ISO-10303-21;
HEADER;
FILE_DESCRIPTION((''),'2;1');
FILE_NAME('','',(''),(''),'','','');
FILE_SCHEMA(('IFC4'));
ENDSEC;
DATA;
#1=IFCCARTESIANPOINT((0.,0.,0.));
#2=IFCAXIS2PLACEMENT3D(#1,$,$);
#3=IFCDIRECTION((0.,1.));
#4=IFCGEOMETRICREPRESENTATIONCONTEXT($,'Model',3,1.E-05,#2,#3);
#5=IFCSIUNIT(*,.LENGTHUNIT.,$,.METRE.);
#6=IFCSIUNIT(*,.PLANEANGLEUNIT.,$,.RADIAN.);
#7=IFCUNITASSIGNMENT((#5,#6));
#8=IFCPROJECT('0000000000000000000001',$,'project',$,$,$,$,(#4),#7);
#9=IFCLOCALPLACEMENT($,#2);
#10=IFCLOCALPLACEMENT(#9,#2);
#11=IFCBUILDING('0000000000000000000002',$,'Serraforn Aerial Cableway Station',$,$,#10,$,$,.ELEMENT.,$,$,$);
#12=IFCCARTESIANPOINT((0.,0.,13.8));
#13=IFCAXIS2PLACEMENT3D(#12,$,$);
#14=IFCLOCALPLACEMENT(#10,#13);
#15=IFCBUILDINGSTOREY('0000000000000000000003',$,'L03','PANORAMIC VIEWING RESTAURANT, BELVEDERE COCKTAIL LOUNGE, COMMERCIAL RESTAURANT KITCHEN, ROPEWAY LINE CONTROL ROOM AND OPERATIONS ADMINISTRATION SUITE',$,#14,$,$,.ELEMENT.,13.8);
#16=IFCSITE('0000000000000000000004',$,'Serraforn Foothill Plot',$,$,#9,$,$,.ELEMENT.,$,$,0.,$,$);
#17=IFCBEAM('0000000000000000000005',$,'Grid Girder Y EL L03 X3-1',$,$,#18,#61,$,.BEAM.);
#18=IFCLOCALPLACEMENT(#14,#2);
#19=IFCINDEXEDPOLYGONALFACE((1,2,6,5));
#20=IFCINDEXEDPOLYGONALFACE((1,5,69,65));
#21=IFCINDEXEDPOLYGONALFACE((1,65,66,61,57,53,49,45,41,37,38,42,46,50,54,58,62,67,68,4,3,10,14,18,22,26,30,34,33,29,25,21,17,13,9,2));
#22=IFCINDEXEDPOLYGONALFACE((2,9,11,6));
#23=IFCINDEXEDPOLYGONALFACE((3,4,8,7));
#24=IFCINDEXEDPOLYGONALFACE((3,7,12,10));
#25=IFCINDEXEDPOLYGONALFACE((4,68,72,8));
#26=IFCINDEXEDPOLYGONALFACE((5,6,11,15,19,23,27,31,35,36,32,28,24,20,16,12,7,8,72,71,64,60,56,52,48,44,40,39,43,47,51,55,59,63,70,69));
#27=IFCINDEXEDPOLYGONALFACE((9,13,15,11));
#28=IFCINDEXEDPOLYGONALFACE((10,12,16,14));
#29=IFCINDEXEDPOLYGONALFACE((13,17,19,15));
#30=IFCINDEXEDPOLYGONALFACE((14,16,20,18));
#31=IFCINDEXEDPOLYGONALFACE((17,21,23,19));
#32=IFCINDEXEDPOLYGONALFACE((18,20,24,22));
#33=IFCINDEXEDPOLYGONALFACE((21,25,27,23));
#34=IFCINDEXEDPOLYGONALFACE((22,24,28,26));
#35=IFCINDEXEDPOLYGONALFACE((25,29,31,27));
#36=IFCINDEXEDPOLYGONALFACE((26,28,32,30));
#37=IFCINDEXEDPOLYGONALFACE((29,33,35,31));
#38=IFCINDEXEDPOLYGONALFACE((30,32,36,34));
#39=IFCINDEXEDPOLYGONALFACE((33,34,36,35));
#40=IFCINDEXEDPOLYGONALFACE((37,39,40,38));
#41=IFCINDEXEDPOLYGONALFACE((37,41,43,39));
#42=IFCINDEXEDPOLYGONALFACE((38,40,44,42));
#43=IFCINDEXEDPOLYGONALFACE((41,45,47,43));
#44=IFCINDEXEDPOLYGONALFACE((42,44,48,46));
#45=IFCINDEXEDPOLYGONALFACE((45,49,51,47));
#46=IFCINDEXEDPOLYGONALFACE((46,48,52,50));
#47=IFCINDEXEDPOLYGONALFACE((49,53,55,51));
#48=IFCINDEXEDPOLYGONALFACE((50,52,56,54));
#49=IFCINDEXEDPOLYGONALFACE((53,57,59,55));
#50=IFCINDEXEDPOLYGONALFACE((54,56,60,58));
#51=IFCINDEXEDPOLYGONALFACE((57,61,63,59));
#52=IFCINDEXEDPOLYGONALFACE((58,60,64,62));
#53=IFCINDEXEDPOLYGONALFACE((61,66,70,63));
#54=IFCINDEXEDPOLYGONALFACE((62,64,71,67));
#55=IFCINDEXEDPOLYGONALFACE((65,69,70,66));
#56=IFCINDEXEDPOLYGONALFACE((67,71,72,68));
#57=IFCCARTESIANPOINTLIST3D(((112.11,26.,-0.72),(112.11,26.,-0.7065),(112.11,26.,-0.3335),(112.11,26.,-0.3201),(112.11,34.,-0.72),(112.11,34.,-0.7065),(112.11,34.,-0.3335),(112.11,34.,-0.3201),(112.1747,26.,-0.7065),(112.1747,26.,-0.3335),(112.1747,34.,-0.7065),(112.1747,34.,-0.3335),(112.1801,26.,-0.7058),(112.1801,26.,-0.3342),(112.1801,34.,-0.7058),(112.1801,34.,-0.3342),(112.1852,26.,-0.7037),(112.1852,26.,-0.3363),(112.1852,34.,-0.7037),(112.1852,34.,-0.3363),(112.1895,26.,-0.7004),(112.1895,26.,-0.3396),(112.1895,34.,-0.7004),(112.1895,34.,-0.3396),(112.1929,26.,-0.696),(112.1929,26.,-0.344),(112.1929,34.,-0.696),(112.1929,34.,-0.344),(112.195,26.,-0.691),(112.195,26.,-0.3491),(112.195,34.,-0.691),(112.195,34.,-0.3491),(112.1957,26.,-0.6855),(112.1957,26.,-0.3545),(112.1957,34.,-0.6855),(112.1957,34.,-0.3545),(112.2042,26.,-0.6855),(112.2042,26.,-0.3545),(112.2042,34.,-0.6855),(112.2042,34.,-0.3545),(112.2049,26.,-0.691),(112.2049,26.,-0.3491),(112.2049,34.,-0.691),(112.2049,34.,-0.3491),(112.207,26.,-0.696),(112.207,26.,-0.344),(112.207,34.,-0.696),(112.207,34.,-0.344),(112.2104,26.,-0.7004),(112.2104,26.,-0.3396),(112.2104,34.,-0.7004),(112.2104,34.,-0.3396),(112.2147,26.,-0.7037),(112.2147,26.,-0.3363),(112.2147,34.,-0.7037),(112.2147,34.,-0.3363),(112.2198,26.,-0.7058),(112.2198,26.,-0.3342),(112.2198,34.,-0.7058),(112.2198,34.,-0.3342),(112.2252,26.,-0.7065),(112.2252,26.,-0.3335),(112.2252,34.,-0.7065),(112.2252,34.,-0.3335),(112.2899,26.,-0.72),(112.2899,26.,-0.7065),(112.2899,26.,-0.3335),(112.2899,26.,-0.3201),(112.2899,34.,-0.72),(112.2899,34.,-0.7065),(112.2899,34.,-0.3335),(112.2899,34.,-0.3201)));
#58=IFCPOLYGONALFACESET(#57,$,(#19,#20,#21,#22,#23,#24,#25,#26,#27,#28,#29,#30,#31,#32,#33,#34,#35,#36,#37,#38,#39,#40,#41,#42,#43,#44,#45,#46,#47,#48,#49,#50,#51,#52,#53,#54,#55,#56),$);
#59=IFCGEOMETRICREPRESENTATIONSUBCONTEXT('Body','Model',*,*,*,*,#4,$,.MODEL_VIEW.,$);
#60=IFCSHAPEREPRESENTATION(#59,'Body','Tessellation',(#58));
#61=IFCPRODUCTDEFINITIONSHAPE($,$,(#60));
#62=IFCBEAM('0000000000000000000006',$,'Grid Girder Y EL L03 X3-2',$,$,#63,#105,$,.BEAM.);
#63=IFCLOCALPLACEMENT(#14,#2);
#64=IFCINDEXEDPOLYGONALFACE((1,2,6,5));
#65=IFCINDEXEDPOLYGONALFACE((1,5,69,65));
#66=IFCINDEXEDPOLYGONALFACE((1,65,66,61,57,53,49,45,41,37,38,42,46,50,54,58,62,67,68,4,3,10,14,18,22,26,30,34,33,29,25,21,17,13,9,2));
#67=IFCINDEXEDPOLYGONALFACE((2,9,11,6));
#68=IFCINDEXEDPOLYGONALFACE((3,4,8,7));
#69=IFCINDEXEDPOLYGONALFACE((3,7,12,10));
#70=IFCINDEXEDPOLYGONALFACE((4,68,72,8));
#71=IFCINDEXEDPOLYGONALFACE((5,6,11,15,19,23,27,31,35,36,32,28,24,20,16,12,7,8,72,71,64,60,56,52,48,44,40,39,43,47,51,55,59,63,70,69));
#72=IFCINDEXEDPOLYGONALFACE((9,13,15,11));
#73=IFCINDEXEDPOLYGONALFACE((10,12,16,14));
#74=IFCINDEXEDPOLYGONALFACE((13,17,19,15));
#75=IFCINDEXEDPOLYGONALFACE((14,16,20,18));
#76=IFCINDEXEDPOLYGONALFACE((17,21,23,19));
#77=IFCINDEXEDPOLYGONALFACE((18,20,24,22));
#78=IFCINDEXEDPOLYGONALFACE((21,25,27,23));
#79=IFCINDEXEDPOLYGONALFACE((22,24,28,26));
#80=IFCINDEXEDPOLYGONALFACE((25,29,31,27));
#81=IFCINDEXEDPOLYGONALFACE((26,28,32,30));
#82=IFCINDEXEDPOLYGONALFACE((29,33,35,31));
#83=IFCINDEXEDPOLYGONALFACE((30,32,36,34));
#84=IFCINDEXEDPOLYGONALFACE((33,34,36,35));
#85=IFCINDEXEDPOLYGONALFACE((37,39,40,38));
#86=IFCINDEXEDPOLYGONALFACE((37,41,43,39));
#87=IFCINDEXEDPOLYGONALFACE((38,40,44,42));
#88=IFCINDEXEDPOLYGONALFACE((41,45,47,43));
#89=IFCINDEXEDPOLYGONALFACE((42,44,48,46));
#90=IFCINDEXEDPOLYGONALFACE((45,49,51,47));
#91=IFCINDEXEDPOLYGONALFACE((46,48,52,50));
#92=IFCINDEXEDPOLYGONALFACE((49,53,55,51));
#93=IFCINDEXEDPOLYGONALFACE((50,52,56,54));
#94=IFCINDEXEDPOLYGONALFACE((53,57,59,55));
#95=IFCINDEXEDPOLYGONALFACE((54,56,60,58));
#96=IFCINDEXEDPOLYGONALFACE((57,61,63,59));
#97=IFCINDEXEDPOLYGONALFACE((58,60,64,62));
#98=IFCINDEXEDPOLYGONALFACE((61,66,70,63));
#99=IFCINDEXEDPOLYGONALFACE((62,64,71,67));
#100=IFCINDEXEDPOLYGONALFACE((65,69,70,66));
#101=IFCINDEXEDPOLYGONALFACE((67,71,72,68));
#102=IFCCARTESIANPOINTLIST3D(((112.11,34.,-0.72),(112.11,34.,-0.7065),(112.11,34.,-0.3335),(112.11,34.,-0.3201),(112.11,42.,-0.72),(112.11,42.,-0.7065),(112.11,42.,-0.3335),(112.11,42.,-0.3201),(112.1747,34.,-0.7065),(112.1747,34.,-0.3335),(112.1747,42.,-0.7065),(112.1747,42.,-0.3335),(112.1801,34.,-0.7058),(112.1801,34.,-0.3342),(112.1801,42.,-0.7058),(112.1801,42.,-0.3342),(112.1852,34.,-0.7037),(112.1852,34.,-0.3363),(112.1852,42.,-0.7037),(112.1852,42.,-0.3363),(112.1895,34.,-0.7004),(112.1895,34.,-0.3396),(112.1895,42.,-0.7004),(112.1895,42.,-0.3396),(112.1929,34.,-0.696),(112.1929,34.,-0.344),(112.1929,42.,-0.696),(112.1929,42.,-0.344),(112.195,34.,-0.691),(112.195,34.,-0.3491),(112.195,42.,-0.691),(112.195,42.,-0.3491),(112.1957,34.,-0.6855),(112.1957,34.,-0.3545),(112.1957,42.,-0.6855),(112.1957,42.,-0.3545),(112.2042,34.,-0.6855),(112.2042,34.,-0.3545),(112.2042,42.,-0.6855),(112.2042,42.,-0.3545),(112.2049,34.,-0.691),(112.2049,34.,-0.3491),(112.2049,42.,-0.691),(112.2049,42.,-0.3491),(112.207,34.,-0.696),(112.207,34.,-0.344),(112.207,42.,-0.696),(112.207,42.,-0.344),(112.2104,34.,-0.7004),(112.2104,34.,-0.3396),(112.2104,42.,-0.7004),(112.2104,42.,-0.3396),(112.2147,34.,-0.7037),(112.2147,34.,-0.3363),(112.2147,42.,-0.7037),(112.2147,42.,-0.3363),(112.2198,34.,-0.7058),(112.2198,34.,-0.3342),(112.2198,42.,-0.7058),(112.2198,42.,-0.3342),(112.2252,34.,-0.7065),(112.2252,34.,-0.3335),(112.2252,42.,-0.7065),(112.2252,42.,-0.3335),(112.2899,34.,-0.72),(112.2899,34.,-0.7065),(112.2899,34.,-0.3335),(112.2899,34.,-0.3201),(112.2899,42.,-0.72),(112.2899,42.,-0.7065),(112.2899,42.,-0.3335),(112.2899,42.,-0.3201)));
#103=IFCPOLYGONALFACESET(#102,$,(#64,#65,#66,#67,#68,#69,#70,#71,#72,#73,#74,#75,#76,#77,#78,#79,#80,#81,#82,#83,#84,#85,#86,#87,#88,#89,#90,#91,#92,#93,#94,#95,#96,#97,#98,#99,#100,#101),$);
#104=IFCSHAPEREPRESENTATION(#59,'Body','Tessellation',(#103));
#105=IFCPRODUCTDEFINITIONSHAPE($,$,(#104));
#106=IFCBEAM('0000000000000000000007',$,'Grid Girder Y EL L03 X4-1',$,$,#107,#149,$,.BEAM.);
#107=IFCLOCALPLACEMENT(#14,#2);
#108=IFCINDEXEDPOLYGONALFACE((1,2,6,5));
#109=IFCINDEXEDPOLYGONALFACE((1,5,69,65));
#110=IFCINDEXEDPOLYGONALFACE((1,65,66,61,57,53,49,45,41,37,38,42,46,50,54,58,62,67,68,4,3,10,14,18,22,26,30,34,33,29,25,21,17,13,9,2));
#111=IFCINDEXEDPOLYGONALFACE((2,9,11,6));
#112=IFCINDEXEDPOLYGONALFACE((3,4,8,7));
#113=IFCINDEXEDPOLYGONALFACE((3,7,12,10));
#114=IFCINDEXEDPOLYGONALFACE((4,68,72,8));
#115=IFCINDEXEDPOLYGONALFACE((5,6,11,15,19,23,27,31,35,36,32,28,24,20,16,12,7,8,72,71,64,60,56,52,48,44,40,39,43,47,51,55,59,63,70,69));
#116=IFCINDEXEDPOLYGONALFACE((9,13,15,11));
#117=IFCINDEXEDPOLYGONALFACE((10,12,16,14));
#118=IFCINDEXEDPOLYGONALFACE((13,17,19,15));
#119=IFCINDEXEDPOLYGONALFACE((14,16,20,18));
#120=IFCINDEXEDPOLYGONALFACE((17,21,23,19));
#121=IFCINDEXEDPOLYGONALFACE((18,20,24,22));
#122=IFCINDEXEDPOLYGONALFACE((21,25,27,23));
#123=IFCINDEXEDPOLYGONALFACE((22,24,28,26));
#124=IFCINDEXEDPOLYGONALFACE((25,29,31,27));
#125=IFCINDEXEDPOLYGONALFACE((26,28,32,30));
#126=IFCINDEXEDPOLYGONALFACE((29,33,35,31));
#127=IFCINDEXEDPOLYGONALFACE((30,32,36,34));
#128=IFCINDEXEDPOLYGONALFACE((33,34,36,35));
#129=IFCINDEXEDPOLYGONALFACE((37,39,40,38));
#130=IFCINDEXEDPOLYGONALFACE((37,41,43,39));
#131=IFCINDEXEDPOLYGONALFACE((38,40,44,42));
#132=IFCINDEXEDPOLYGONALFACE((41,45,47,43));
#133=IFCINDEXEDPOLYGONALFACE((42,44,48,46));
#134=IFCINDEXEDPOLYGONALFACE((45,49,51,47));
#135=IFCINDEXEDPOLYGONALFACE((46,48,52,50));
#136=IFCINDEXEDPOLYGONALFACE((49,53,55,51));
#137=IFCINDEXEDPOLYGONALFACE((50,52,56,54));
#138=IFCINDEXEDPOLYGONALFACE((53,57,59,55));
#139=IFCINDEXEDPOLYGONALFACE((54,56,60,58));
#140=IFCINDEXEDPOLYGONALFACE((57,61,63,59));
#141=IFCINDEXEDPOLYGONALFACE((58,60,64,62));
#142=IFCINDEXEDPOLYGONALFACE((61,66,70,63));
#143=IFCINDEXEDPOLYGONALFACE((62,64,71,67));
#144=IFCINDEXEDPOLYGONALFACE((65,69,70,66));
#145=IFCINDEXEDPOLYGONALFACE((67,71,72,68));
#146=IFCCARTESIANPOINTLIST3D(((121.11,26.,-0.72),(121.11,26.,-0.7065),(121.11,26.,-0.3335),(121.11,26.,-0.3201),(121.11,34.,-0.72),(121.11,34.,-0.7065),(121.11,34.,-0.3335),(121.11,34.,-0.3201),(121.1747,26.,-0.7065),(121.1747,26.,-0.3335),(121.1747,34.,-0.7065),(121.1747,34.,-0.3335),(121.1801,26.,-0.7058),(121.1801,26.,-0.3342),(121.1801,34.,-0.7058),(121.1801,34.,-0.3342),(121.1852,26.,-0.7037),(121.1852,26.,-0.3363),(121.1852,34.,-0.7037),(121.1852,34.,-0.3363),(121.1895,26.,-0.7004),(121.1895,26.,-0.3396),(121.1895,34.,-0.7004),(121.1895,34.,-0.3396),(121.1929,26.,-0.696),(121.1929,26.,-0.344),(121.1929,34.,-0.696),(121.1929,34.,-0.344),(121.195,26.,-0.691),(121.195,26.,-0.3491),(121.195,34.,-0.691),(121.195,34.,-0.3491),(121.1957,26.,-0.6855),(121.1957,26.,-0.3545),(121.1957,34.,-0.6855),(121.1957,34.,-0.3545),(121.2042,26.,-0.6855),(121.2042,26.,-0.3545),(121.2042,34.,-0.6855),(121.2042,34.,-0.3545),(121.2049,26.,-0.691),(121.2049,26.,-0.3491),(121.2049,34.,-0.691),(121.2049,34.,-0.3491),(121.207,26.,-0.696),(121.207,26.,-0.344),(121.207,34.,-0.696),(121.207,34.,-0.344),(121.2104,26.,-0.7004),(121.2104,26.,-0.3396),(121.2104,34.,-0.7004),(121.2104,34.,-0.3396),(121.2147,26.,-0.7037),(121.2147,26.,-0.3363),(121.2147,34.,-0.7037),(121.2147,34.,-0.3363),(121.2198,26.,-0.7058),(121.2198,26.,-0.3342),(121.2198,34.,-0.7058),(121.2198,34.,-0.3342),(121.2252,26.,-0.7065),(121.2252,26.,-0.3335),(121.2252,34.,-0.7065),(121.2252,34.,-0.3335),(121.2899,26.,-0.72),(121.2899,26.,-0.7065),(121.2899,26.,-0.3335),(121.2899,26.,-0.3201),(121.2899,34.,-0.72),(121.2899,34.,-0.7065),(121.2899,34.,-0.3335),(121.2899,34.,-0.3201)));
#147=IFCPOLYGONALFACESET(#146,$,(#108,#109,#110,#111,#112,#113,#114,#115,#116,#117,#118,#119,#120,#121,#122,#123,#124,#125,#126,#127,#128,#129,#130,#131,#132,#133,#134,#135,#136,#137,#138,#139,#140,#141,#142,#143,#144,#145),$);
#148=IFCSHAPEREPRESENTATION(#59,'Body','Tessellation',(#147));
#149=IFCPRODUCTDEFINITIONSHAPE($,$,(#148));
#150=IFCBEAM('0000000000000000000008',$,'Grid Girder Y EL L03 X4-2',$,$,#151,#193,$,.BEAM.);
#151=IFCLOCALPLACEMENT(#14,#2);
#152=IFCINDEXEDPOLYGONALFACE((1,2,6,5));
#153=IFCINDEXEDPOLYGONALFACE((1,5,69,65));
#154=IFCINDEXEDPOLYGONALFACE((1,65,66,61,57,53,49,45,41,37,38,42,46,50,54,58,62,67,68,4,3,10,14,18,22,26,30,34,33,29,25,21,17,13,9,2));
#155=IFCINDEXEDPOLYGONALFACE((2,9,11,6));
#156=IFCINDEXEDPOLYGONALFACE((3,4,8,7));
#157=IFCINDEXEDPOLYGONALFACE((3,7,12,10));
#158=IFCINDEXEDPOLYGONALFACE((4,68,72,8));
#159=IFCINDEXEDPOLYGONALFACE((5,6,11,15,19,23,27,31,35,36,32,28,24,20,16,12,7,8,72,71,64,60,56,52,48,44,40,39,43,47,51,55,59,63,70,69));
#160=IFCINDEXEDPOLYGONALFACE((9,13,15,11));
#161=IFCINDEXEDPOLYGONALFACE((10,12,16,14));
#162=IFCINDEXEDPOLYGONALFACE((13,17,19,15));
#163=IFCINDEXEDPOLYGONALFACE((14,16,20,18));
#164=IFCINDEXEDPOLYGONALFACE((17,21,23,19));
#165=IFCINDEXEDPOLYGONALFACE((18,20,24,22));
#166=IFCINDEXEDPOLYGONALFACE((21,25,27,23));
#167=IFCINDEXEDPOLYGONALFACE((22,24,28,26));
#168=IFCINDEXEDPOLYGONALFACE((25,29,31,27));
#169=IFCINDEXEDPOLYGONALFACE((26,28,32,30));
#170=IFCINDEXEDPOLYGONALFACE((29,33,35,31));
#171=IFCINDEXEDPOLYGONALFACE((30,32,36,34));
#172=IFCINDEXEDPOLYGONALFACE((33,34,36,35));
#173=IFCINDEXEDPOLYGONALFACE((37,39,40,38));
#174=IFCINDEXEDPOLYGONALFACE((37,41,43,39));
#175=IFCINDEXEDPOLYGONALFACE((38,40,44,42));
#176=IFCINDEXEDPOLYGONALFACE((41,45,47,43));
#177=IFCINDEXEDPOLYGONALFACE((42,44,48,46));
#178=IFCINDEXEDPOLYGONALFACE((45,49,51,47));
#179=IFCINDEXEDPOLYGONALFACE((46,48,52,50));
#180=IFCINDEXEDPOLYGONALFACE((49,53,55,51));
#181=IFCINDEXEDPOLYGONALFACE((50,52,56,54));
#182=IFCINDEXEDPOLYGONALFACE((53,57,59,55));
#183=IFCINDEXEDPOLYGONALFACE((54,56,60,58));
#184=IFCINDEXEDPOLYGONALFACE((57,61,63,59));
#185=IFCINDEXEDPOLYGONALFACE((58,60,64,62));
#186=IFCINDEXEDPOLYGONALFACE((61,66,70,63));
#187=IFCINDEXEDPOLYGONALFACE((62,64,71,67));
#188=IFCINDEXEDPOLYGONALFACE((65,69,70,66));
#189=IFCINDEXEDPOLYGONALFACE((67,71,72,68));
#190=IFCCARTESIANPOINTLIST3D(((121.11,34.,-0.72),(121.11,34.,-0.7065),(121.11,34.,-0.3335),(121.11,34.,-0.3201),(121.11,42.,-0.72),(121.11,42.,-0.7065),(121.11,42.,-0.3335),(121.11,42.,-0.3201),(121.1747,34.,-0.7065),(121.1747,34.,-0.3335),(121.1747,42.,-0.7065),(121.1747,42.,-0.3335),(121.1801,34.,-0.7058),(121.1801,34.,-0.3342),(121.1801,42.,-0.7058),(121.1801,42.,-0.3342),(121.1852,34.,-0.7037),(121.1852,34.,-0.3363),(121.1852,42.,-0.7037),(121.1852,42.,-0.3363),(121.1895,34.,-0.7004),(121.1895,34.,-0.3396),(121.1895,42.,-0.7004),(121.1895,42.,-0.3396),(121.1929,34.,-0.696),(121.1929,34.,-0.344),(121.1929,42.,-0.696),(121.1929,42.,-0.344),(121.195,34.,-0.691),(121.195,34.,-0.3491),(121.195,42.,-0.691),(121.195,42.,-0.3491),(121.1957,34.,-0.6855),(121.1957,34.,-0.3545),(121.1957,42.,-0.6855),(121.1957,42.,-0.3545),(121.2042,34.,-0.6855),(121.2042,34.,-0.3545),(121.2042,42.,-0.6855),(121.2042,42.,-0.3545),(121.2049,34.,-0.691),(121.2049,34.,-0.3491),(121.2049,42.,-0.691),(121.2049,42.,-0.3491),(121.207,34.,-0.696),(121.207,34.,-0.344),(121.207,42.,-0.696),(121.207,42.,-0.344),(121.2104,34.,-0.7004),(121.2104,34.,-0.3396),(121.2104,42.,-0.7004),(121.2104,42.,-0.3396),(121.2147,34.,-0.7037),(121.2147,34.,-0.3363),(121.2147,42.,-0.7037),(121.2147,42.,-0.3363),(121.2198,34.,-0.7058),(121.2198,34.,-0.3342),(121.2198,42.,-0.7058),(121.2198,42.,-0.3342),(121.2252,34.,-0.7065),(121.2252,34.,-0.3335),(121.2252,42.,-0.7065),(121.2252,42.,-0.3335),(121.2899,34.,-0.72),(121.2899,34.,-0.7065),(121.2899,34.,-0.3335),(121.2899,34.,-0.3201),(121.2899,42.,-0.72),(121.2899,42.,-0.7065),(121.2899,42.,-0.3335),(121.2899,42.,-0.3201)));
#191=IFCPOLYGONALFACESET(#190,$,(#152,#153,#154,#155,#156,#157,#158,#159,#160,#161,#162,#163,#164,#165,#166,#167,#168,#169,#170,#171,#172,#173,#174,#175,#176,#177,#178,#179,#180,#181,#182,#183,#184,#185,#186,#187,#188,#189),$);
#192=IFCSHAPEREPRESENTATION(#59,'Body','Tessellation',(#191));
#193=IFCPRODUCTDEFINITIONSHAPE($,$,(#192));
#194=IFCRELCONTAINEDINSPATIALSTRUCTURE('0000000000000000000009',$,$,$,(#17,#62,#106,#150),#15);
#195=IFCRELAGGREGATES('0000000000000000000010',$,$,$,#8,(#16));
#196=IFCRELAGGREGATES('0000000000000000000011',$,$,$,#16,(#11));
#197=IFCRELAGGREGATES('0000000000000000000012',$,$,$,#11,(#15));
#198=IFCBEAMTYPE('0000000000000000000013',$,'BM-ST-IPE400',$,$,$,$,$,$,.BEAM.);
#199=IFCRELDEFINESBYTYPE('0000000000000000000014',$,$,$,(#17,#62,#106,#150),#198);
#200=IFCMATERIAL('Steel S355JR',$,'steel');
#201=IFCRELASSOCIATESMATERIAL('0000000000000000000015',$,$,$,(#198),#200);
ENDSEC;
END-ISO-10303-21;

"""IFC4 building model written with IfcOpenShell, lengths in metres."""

from ifc_helpers import new_model, si_unit, direction, frame, origin, origin_2d, place, context, subcontext, project, spatial, i_section, extrude, material, material_profile, profile_set, type_object, element, save


model = new_model("IFC4")

# Units and contexts
model_context = context("Model", 3, precision=1e-05, world=origin(), true_north=direction((0.0, 1.0)))
body_context = subcontext(model_context, "Body", "Model", "MODEL_VIEW")
ifc_project = project(units=[si_unit("LENGTHUNIT", "METRE"), si_unit("PLANEANGLEUNIT", "RADIAN")], contexts=[model_context])

# Site, building, storey
site_placement = place(None, origin())
site = spatial("IfcSite", under=ifc_project, at=site_placement, Name="Serraforn Foothill Plot", CompositionType="ELEMENT", RefElevation=0.0)
building_placement = place(site_placement, origin())
building = spatial("IfcBuilding", under=site, at=building_placement, Name="Serraforn Aerial Cableway Station", CompositionType="ELEMENT")
storey_placement = place(building_placement, frame((0.0, 0.0, 13.8)))
storey = spatial("IfcBuildingStorey", under=building, at=storey_placement, Name="L03", Description="PANORAMIC VIEWING RESTAURANT, BELVEDERE COCKTAIL LOUNGE, COMMERCIAL RESTAURANT KITCHEN, ROPEWAY LINE CONTROL ROOM AND OPERATIONS ADMINISTRATION SUITE", CompositionType="ELEMENT", Elevation=13.8)

# Beams
ifc_material_1 = material(Name="Steel S355JR", Category="steel")
ifc_material_profile_1 = material_profile(ifc_material_1, i_section(OverallWidth=0.1799, OverallDepth=0.3999, WebThickness=0.0085, FlangeThickness=0.0134, FilletRadius=0.021, at=origin_2d()), Name="IPE 400")
ifc_profile_set_1 = profile_set([ifc_material_profile_1], Name="Steel S355JR")
beam_type_1 = type_object("IfcBeamType", Name="BM-ST-IPE400", PredefinedType="BEAM", material=ifc_profile_set_1)
for number, where, z_axis, x_axis, name in (
    (1, (112.2, 26.0, -0.52), (0.0, 1.0, 0.0), (-1.0, 0.0, 0.0), "Grid Girder Y EL L03 X3-1"),
    (2, (112.2, 34.0, -0.52), (0.0, 1.0, 0.0), (-1.0, 0.0, 0.0), "Grid Girder Y EL L03 X3-2"),
    (3, (121.2, 26.0, -0.52), (0.0, 1.0, 0.0), (-1.0, 0.0, 0.0), "Grid Girder Y EL L03 X4-1"),
    (4, (121.2, 34.0, -0.52), (0.0, 1.0, 0.0), (-1.0, 0.0, 0.0), "Grid Girder Y EL L03 X4-2"),
):
    element("IfcBeam", number, at=place(storey_placement, frame(where, z_axis=z_axis, x_axis=x_axis)), inside=storey, type_object=beam_type_1, Name=name, PredefinedType="BEAM", context=body_context, shape_type="SweptSolid", body=[
        extrude(i_section(OverallWidth=0.1799, OverallDepth=0.3999, WebThickness=0.0085, FlangeThickness=0.0134, FilletRadius=0.021, at=origin_2d()), origin(), (0.0, 0.0, 1.0), 8.0),
    ])

save(model, "model.ifc")
